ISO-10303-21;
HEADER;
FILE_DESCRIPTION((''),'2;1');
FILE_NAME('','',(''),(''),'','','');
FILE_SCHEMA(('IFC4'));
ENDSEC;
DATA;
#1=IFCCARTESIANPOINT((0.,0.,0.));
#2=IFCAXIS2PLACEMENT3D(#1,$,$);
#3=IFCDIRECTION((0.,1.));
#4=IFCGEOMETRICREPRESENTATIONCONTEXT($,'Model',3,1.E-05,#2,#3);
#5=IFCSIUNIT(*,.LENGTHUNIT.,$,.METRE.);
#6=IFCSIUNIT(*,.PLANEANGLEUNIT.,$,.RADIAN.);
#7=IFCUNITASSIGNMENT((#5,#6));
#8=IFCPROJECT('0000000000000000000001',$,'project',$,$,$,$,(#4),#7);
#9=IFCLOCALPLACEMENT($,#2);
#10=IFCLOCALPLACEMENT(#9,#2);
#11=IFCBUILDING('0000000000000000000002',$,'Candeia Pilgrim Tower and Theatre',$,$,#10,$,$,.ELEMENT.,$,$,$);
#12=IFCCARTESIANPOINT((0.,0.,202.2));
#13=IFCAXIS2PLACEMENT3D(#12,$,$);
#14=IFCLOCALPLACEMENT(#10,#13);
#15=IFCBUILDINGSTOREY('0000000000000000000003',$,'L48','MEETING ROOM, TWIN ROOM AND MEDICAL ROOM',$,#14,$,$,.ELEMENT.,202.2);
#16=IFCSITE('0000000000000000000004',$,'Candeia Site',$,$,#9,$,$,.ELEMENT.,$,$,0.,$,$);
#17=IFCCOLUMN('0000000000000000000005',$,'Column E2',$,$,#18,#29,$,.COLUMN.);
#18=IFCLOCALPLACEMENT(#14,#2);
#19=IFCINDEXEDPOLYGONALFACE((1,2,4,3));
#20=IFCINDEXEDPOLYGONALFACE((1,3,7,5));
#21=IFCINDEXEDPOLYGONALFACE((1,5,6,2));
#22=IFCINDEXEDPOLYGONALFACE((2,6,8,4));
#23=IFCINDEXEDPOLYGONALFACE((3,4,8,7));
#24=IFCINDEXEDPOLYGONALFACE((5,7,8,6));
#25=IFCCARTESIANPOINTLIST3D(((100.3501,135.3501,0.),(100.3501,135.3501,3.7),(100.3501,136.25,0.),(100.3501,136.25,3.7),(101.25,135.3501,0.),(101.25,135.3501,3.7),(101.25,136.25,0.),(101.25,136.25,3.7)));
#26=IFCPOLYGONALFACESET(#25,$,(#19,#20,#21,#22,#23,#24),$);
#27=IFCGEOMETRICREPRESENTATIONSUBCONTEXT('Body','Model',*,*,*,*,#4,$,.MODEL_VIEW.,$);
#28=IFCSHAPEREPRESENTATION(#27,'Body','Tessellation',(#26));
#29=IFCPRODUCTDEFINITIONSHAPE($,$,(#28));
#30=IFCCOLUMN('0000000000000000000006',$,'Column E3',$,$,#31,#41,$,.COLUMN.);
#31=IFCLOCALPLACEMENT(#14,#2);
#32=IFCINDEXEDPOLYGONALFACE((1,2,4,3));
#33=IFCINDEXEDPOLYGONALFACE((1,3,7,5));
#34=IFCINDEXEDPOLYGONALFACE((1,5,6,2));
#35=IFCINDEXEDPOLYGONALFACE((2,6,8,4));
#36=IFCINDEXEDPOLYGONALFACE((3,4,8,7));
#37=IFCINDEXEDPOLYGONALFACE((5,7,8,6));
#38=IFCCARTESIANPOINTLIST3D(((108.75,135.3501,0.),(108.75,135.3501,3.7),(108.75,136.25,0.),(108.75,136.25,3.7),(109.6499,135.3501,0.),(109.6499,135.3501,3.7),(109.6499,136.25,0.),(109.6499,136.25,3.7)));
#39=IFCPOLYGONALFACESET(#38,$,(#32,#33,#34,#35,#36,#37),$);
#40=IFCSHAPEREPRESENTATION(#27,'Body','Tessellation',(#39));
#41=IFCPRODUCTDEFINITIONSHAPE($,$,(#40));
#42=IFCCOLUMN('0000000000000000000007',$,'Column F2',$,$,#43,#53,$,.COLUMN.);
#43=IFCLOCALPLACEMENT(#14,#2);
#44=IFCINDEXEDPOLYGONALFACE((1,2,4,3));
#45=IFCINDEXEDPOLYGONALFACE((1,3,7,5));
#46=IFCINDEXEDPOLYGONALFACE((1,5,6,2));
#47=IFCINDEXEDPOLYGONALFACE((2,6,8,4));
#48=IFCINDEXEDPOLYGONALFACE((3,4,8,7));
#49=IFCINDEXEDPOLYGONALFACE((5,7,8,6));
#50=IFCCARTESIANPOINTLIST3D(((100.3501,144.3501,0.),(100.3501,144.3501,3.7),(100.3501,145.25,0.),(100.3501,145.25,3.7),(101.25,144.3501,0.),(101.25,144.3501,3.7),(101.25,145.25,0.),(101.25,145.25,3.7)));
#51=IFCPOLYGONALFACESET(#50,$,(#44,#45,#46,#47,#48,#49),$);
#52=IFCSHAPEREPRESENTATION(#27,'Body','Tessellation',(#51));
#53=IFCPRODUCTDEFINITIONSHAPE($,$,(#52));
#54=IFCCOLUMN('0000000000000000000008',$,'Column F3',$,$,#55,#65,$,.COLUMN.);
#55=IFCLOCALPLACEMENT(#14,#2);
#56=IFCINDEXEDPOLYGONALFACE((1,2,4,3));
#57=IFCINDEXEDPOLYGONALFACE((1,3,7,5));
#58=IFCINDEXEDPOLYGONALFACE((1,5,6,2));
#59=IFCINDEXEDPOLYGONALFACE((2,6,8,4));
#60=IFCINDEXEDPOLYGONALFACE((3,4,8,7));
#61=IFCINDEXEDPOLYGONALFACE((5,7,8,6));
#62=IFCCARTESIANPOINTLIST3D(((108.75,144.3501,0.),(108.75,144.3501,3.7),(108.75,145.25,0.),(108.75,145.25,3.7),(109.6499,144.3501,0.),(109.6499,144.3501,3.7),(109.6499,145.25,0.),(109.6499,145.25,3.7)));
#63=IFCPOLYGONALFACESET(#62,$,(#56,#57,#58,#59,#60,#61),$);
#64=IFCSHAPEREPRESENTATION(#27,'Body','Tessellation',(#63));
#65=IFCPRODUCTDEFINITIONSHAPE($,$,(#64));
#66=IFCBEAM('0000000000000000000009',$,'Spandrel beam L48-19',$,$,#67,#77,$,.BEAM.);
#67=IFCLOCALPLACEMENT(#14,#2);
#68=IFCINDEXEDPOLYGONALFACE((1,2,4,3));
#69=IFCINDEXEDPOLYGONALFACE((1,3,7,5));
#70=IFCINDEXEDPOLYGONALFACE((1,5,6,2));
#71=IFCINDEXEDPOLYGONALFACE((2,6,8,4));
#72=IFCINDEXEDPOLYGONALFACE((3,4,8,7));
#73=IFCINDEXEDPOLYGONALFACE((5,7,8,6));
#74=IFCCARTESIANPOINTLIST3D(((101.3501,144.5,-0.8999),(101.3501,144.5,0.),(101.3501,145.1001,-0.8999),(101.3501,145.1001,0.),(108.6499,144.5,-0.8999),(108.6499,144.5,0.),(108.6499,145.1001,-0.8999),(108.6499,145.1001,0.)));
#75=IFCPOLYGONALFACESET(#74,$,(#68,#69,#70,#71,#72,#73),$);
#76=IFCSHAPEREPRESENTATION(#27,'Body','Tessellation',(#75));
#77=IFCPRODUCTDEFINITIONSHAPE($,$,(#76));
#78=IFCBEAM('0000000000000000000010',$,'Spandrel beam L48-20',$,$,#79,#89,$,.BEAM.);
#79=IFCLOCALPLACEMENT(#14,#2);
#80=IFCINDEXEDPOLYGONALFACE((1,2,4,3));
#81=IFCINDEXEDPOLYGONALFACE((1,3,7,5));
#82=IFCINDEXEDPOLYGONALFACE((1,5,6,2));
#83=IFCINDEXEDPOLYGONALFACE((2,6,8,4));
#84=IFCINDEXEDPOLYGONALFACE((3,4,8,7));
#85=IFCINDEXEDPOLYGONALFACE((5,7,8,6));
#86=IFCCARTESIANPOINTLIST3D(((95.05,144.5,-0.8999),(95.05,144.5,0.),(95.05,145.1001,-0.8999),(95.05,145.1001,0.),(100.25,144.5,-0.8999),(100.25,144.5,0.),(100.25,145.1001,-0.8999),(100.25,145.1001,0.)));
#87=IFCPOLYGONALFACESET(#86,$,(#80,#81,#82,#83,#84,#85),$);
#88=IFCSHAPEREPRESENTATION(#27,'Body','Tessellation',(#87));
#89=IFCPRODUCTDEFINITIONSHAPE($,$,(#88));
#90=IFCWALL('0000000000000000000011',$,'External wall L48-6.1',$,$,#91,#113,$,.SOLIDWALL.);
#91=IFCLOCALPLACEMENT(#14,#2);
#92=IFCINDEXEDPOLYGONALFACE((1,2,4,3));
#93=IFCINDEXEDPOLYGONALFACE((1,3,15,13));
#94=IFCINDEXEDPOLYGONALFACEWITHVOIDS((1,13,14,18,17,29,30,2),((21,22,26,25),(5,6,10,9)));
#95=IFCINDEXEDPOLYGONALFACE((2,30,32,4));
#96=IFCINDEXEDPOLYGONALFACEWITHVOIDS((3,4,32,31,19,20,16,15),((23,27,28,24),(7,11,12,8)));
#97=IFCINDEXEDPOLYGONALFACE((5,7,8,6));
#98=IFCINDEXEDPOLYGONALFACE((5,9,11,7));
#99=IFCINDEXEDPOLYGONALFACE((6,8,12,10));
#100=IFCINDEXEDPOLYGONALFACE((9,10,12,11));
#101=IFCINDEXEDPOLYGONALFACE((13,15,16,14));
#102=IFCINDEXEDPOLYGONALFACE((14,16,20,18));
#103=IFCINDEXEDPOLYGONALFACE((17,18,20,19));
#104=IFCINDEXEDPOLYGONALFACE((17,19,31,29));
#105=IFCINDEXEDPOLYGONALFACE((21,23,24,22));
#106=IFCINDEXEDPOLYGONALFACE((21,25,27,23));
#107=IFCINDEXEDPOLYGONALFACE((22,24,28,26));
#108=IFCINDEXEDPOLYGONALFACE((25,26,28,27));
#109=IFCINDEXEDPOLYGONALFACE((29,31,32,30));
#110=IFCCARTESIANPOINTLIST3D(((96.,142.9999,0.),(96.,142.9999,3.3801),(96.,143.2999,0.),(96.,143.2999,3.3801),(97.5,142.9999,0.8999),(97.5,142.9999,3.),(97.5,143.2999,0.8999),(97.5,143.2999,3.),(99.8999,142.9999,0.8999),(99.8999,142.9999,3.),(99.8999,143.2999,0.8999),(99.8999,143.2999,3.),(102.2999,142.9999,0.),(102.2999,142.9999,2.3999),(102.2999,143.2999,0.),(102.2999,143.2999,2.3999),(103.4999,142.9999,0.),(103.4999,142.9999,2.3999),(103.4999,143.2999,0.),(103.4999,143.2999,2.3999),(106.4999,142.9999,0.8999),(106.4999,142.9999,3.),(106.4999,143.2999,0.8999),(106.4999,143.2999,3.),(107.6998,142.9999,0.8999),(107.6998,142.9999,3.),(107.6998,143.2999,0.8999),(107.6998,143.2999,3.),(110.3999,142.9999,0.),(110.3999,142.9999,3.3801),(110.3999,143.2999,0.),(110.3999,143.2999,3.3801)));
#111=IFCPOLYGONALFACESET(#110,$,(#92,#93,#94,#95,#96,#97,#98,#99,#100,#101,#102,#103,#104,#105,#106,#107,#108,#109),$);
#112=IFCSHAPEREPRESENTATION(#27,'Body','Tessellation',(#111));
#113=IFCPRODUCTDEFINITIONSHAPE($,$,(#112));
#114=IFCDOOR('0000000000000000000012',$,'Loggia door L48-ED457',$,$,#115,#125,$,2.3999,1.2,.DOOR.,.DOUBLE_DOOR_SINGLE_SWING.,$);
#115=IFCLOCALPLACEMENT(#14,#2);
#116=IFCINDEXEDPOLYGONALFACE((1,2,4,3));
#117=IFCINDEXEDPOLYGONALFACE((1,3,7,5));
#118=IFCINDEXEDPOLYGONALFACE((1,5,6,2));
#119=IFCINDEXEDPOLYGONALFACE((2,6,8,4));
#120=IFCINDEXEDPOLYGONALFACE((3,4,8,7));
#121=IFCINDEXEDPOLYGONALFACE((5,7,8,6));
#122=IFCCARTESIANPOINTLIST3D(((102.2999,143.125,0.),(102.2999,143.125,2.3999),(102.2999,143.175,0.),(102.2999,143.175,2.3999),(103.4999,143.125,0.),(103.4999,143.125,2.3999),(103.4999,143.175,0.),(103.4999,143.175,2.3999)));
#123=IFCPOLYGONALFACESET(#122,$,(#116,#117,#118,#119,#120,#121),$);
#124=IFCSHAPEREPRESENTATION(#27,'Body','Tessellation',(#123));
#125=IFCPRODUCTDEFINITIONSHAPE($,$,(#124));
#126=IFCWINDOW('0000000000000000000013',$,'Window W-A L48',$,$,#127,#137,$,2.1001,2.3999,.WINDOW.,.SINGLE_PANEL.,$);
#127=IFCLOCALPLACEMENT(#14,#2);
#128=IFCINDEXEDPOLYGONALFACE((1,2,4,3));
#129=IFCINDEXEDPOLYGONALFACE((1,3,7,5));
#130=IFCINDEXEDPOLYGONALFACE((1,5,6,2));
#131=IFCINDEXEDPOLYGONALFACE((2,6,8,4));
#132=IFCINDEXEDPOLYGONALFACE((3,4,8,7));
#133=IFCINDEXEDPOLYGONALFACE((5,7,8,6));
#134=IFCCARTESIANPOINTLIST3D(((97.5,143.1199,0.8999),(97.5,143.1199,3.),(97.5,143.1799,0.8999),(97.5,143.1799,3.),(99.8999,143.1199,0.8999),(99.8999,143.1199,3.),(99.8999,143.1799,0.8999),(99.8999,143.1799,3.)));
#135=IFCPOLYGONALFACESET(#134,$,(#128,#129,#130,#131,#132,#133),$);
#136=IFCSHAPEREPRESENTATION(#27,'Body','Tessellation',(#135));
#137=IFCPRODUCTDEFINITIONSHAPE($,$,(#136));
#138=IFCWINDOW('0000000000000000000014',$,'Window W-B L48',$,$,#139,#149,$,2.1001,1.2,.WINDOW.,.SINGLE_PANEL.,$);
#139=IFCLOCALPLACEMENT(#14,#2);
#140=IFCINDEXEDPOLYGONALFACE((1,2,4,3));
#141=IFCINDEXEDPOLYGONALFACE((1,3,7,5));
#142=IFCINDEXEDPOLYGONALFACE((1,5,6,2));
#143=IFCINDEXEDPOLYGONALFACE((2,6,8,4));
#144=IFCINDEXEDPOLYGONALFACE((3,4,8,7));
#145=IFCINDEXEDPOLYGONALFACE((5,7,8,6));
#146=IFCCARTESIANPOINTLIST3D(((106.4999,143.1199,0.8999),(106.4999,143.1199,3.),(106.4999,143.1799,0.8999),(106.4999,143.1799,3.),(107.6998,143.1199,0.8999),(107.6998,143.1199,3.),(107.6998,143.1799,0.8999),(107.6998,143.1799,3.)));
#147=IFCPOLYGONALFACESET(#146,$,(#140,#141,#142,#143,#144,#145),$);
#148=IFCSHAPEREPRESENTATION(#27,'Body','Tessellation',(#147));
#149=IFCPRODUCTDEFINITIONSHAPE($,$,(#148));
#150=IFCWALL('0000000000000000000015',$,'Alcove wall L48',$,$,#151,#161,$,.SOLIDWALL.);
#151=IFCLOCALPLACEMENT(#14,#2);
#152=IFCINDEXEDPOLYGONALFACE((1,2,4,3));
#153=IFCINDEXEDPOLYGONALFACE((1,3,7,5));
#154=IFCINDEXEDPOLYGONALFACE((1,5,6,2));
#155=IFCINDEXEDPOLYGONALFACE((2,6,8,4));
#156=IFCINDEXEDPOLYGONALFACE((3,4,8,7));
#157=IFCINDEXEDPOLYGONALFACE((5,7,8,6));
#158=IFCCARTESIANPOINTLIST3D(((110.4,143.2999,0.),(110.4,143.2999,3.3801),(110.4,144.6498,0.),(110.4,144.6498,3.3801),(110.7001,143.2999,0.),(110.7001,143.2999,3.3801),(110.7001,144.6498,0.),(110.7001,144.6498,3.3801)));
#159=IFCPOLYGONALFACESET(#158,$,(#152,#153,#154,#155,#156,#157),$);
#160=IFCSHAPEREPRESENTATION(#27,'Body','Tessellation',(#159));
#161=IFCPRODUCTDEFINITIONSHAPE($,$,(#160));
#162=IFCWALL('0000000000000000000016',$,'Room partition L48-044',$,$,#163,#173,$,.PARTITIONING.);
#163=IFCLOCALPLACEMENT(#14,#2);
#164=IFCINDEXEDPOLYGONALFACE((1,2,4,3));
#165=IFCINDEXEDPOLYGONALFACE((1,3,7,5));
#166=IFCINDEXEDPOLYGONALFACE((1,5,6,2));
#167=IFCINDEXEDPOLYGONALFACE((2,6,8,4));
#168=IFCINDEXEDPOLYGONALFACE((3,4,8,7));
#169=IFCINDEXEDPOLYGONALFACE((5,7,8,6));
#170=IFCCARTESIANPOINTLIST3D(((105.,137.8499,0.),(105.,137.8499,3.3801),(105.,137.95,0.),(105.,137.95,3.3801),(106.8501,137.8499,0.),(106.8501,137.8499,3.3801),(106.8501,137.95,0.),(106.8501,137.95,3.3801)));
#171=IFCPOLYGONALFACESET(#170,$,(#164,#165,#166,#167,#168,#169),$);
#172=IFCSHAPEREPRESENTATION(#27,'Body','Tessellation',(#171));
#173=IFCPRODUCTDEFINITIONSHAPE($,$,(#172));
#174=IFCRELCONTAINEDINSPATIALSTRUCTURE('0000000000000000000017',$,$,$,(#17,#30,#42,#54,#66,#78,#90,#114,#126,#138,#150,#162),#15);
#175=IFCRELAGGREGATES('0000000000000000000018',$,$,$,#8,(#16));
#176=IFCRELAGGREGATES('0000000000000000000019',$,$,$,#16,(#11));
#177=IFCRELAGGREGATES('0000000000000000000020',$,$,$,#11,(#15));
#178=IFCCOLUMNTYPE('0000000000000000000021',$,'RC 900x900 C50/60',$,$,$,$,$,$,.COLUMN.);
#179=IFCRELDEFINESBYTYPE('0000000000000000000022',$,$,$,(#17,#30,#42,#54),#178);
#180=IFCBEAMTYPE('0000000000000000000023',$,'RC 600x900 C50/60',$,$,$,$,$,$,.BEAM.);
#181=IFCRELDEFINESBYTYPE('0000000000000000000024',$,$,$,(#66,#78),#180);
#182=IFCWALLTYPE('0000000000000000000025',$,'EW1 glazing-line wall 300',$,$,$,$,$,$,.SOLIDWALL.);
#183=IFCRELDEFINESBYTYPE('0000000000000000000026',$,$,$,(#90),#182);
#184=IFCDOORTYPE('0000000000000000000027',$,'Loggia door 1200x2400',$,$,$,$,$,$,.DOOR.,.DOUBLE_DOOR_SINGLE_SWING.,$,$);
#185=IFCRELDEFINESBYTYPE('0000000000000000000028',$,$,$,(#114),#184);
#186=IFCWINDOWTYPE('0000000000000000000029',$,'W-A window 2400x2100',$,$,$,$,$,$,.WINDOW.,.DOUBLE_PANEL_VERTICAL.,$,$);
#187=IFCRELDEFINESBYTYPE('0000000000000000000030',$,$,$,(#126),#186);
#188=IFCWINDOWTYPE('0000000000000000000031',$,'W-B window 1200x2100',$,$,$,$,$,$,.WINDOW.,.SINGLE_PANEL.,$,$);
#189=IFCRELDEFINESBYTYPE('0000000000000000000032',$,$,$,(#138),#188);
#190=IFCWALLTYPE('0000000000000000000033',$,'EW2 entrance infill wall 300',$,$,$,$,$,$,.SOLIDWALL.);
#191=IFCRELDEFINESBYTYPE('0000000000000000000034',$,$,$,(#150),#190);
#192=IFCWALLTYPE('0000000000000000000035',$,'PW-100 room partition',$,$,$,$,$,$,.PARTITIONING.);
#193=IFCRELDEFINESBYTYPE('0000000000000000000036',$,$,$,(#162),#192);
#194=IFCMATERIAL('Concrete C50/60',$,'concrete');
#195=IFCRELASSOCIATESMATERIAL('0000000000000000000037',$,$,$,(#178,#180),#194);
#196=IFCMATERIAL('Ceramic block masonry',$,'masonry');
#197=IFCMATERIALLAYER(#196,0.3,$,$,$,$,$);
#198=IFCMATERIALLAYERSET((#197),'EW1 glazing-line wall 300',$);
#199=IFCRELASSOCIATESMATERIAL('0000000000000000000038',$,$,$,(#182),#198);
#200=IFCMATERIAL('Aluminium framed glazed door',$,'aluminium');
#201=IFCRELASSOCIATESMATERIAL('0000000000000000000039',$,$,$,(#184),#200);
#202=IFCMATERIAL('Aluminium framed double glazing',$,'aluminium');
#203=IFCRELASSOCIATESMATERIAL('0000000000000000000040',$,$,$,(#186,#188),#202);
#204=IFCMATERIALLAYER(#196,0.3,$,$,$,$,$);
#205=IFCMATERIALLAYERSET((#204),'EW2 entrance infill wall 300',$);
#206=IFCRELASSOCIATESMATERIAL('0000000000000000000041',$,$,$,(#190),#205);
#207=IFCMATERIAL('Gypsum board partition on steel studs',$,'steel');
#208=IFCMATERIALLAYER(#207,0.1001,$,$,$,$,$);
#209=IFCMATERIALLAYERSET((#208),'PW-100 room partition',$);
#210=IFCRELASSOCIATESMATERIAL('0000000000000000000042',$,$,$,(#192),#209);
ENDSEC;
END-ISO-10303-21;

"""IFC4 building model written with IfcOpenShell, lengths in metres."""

from ifc_helpers import new_model, si_unit, direction, frame, frame_2d, origin, origin_2d, place, context, subcontext, project, spatial, rectangle, extrude, material, layer, layer_set, material_profile, profile_set, type_object, element, fill, save


model = new_model("IFC4")

# Units and contexts
model_context = context("Model", 3, precision=1e-05, world=origin(), true_north=direction((0.0, 1.0)))
body_context = subcontext(model_context, "Body", "Model", "MODEL_VIEW")
ifc_project = project(units=[si_unit("LENGTHUNIT", "METRE"), si_unit("PLANEANGLEUNIT", "RADIAN")], contexts=[model_context])

# Site, building, storey
site_placement = place(None, origin())
site = spatial("IfcSite", under=ifc_project, at=site_placement, Name="Candeia Site", CompositionType="ELEMENT", RefElevation=0.0)
building_placement = place(site_placement, origin())
building = spatial("IfcBuilding", under=site, at=building_placement, Name="Candeia Pilgrim Tower and Theatre", CompositionType="ELEMENT")
storey_placement = place(building_placement, frame((0.0, 0.0, 202.2)))
storey = spatial("IfcBuildingStorey", under=building, at=storey_placement, Name="L48", Description="MEETING ROOM, TWIN ROOM AND MEDICAL ROOM", CompositionType="ELEMENT", Elevation=202.2)

# Columns
ifc_material_1 = material(Name="Concrete C50/60", Category="concrete")
ifc_material_profile_1 = material_profile(ifc_material_1, rectangle(XDim=0.8999, YDim=0.8999, at=origin_2d()))
ifc_profile_set_1 = profile_set([ifc_material_profile_1], Name="Concrete C50/60")
column_type = type_object("IfcColumnType", Name="RC 900x900 C50/60", PredefinedType="COLUMN", material=ifc_profile_set_1)
for number, where, z_axis, x_axis, name in (
    (1, (100.8, 135.8, 0.0), (0.0, 0.0, 1.0), (1.0, 0.0, 0.0), "Column E2"),
    (2, (109.2, 135.8, 0.0), (0.0, 0.0, 1.0), (1.0, 0.0, 0.0), "Column E3"),
    (3, (100.8, 144.8, 0.0), (0.0, 0.0, 1.0), (1.0, 0.0, 0.0), "Column F2"),
    (4, (109.2, 144.8, 0.0), (0.0, 0.0, 1.0), (1.0, 0.0, 0.0), "Column F3"),
):
    element("IfcColumn", number, at=place(storey_placement, frame(where, z_axis=z_axis, x_axis=x_axis)), inside=storey, type_object=column_type, Name=name, PredefinedType="COLUMN", context=body_context, shape_type="SweptSolid", body=[
        extrude(rectangle(XDim=0.8999, YDim=0.8999, at=origin_2d()), origin(), (0.0, 0.0, 1.0), 3.7),
    ])

# Beams
ifc_material_profile_2 = material_profile(ifc_material_1, rectangle(XDim=0.6001, YDim=0.8999, at=origin_2d()))
ifc_profile_set_2 = profile_set([ifc_material_profile_2], Name="Concrete C50/60")
beam_type = type_object("IfcBeamType", Name="RC 600x900 C50/60", PredefinedType="BEAM", material=ifc_profile_set_2)
beam_1_placement = place(storey_placement, frame((108.6499, 144.8, -0.45), z_axis=(-1.0, 0.0, 0.0), x_axis=(0.0, -1.0, 0.0)))
element("IfcBeam", 5, at=beam_1_placement, inside=storey, type_object=beam_type, Name="Spandrel beam L48-19", PredefinedType="BEAM", context=body_context, shape_type="SweptSolid", body=[
    extrude(rectangle(XDim=0.6001, YDim=0.8999, at=origin_2d()), origin(), (0.0, 0.0, 1.0), 7.2998),
])
beam_2_placement = place(storey_placement, frame((100.25, 144.8, -0.45), z_axis=(-1.0, 0.0, 0.0), x_axis=(0.0, -1.0, 0.0)))
element("IfcBeam", 6, at=beam_2_placement, inside=storey, type_object=beam_type, Name="Spandrel beam L48-20", PredefinedType="BEAM", context=body_context, shape_type="SweptSolid", body=[
    extrude(rectangle(XDim=0.6001, YDim=0.8999, at=origin_2d()), origin(), (0.0, 0.0, 1.0), 5.2),
])

# Wall, openings, door, windows
ifc_material_2 = material(Name="Ceramic block masonry", Category="masonry")
ifc_layer_1 = layer(ifc_material_2, 0.3)
ifc_layer_set_1 = layer_set([ifc_layer_1], Name="EW1 glazing-line wall 300")
wall_type_1 = type_object("IfcWallType", Name="EW1 glazing-line wall 300", PredefinedType="SOLIDWALL", material=ifc_layer_set_1)
wall_1_placement = place(storey_placement, frame((110.3999, 143.1499, 0.0), z_axis=(0.0, 0.0, 1.0), x_axis=(-1.0, 0.0, 0.0)))
wall_1 = element("IfcWall", 7, at=wall_1_placement, inside=storey, type_object=wall_type_1, Name="External wall L48-6.1", PredefinedType="SOLIDWALL", context=body_context, shape_type="SweptSolid", body=[
    extrude(rectangle(XDim=14.3999, YDim=0.3, at=frame_2d((7.2, 0.0))), origin(), (0.0, 0.0, 1.0), 3.3801),
])
opening_1_placement = place(wall_1_placement, frame((2.7, 0.0, 0.8999)))
opening_1 = element("IfcOpeningElement", 8, at=opening_1_placement, cuts=wall_1, PredefinedType="OPENING", context=body_context, shape_type="SweptSolid", body=[
    extrude(rectangle(XDim=1.2, YDim=2.1001, at=frame_2d((0.6001, 1.05))), frame((0.0, 0.1602, 0.0), z_axis=(0.0, -1.0, 0.0), x_axis=(1.0, 0.0, 0.0)), (0.0, 0.0, 1.0), 0.3201),
])
opening_2_placement = place(wall_1_placement, frame((6.8999, 0.0, 0.0)))
opening_2 = element("IfcOpeningElement", 9, at=opening_2_placement, cuts=wall_1, PredefinedType="OPENING", context=body_context, shape_type="SweptSolid", body=[
    extrude(rectangle(XDim=1.2, YDim=2.3999, at=frame_2d((0.6001, 1.2))), frame((0.0, 0.1602, 0.0), z_axis=(0.0, -1.0, 0.0), x_axis=(1.0, 0.0, 0.0)), (0.0, 0.0, 1.0), 0.3201),
])
opening_3_placement = place(wall_1_placement, frame((10.5, 0.0, 0.8999)))
opening_3 = element("IfcOpeningElement", 10, at=opening_3_placement, cuts=wall_1, PredefinedType="OPENING", context=body_context, shape_type="SweptSolid", body=[
    extrude(rectangle(XDim=2.3999, YDim=2.1001, at=frame_2d((1.2, 1.05))), frame((0.0, 0.1602, 0.0), z_axis=(0.0, -1.0, 0.0), x_axis=(1.0, 0.0, 0.0)), (0.0, 0.0, 1.0), 0.3201),
])
ifc_material_3 = material(Name="Aluminium framed glazed door", Category="aluminium")
door_type_1 = type_object("IfcDoorType", Name="Loggia door 1200x2400", OperationType="DOUBLE_DOOR_SINGLE_SWING", PredefinedType="DOOR", material=ifc_material_3)
door_1_placement = place(opening_2_placement, origin())
door_1 = element("IfcDoor", 11, at=door_1_placement, inside=storey, type_object=door_type_1, Name="Loggia door L48-ED457", OperationType="DOUBLE_DOOR_SINGLE_SWING", OverallHeight=2.3999, OverallWidth=1.2, PredefinedType="DOOR", context=body_context, shape_type="SweptSolid", body=[
    extrude(rectangle(XDim=1.2, YDim=2.3999, at=frame_2d((0.6001, 1.2))), frame((0.0, 0.0249, 0.0), z_axis=(0.0, -1.0, 0.0), x_axis=(1.0, 0.0, 0.0)), (0.0, 0.0, 1.0), 0.05),
])
fill(opening_2, door_1)
ifc_material_4 = material(Name="Aluminium framed double glazing", Category="aluminium")
window_type_1 = type_object("IfcWindowType", Name="W-A window 2400x2100", PartitioningType="DOUBLE_PANEL_VERTICAL", PredefinedType="WINDOW", material=ifc_material_4)
window_1_placement = place(opening_3_placement, origin())
window_1 = element("IfcWindow", 12, at=window_1_placement, inside=storey, type_object=window_type_1, Name="Window W-A L48", OverallHeight=2.1001, OverallWidth=2.3999, PartitioningType="SINGLE_PANEL", PredefinedType="WINDOW", context=body_context, shape_type="SweptSolid", body=[
    extrude(rectangle(XDim=2.3999, YDim=2.1001, at=frame_2d((1.2, 1.05))), frame((0.0, 0.03, 0.0), z_axis=(0.0, -1.0, 0.0), x_axis=(1.0, 0.0, 0.0)), (0.0, 0.0, 1.0), 0.0601),
])
fill(opening_3, window_1)
window_type_2 = type_object("IfcWindowType", Name="W-B window 1200x2100", PartitioningType="SINGLE_PANEL", PredefinedType="WINDOW", material=ifc_material_4)
window_2_placement = place(opening_1_placement, origin())
window_2 = element("IfcWindow", 13, at=window_2_placement, inside=storey, type_object=window_type_2, Name="Window W-B L48", OverallHeight=2.1001, OverallWidth=1.2, PartitioningType="SINGLE_PANEL", PredefinedType="WINDOW", context=body_context, shape_type="SweptSolid", body=[
    extrude(rectangle(XDim=1.2, YDim=2.1001, at=frame_2d((0.6001, 1.05))), frame((0.0, 0.03, 0.0), z_axis=(0.0, -1.0, 0.0), x_axis=(1.0, 0.0, 0.0)), (0.0, 0.0, 1.0), 0.0601),
])
fill(opening_1, window_2)

# Walls
ifc_layer_2 = layer(ifc_material_2, 0.3)
ifc_layer_set_2 = layer_set([ifc_layer_2], Name="EW2 entrance infill wall 300")
wall_type_2 = type_object("IfcWallType", Name="EW2 entrance infill wall 300", PredefinedType="SOLIDWALL", material=ifc_layer_set_2)
wall_2_placement = place(storey_placement, frame((110.55, 143.3, 0.0), z_axis=(0.0, 0.0, 1.0), x_axis=(0.0, 1.0, 0.0)))
element("IfcWall", 14, at=wall_2_placement, inside=storey, type_object=wall_type_2, Name="Alcove wall L48", PredefinedType="SOLIDWALL", context=body_context, shape_type="SweptSolid", body=[
    extrude(rectangle(XDim=1.3499, YDim=0.3, at=frame_2d((0.6748, 0.0))), origin(), (0.0, 0.0, 1.0), 3.3801),
])
ifc_material_5 = material(Name="Gypsum board partition on steel studs", Category="steel")
ifc_layer_3 = layer(ifc_material_5, 0.1001)
ifc_layer_set_3 = layer_set([ifc_layer_3], Name="PW-100 room partition")
wall_type_3 = type_object("IfcWallType", Name="PW-100 room partition", PredefinedType="PARTITIONING", material=ifc_layer_set_3)
wall_3_placement = place(storey_placement, frame((105.0, 137.8999, 0.0), z_axis=(0.0, 0.0, 1.0), x_axis=(1.0, 0.0, 0.0)))
element("IfcWall", 15, at=wall_3_placement, inside=storey, type_object=wall_type_3, Name="Room partition L48-044", PredefinedType="PARTITIONING", context=body_context, shape_type="SweptSolid", body=[
    extrude(rectangle(XDim=1.8501, YDim=0.1001, at=frame_2d((0.925, 0.0))), origin(), (0.0, 0.0, 1.0), 3.3801),
])

save(model, "model.ifc")
